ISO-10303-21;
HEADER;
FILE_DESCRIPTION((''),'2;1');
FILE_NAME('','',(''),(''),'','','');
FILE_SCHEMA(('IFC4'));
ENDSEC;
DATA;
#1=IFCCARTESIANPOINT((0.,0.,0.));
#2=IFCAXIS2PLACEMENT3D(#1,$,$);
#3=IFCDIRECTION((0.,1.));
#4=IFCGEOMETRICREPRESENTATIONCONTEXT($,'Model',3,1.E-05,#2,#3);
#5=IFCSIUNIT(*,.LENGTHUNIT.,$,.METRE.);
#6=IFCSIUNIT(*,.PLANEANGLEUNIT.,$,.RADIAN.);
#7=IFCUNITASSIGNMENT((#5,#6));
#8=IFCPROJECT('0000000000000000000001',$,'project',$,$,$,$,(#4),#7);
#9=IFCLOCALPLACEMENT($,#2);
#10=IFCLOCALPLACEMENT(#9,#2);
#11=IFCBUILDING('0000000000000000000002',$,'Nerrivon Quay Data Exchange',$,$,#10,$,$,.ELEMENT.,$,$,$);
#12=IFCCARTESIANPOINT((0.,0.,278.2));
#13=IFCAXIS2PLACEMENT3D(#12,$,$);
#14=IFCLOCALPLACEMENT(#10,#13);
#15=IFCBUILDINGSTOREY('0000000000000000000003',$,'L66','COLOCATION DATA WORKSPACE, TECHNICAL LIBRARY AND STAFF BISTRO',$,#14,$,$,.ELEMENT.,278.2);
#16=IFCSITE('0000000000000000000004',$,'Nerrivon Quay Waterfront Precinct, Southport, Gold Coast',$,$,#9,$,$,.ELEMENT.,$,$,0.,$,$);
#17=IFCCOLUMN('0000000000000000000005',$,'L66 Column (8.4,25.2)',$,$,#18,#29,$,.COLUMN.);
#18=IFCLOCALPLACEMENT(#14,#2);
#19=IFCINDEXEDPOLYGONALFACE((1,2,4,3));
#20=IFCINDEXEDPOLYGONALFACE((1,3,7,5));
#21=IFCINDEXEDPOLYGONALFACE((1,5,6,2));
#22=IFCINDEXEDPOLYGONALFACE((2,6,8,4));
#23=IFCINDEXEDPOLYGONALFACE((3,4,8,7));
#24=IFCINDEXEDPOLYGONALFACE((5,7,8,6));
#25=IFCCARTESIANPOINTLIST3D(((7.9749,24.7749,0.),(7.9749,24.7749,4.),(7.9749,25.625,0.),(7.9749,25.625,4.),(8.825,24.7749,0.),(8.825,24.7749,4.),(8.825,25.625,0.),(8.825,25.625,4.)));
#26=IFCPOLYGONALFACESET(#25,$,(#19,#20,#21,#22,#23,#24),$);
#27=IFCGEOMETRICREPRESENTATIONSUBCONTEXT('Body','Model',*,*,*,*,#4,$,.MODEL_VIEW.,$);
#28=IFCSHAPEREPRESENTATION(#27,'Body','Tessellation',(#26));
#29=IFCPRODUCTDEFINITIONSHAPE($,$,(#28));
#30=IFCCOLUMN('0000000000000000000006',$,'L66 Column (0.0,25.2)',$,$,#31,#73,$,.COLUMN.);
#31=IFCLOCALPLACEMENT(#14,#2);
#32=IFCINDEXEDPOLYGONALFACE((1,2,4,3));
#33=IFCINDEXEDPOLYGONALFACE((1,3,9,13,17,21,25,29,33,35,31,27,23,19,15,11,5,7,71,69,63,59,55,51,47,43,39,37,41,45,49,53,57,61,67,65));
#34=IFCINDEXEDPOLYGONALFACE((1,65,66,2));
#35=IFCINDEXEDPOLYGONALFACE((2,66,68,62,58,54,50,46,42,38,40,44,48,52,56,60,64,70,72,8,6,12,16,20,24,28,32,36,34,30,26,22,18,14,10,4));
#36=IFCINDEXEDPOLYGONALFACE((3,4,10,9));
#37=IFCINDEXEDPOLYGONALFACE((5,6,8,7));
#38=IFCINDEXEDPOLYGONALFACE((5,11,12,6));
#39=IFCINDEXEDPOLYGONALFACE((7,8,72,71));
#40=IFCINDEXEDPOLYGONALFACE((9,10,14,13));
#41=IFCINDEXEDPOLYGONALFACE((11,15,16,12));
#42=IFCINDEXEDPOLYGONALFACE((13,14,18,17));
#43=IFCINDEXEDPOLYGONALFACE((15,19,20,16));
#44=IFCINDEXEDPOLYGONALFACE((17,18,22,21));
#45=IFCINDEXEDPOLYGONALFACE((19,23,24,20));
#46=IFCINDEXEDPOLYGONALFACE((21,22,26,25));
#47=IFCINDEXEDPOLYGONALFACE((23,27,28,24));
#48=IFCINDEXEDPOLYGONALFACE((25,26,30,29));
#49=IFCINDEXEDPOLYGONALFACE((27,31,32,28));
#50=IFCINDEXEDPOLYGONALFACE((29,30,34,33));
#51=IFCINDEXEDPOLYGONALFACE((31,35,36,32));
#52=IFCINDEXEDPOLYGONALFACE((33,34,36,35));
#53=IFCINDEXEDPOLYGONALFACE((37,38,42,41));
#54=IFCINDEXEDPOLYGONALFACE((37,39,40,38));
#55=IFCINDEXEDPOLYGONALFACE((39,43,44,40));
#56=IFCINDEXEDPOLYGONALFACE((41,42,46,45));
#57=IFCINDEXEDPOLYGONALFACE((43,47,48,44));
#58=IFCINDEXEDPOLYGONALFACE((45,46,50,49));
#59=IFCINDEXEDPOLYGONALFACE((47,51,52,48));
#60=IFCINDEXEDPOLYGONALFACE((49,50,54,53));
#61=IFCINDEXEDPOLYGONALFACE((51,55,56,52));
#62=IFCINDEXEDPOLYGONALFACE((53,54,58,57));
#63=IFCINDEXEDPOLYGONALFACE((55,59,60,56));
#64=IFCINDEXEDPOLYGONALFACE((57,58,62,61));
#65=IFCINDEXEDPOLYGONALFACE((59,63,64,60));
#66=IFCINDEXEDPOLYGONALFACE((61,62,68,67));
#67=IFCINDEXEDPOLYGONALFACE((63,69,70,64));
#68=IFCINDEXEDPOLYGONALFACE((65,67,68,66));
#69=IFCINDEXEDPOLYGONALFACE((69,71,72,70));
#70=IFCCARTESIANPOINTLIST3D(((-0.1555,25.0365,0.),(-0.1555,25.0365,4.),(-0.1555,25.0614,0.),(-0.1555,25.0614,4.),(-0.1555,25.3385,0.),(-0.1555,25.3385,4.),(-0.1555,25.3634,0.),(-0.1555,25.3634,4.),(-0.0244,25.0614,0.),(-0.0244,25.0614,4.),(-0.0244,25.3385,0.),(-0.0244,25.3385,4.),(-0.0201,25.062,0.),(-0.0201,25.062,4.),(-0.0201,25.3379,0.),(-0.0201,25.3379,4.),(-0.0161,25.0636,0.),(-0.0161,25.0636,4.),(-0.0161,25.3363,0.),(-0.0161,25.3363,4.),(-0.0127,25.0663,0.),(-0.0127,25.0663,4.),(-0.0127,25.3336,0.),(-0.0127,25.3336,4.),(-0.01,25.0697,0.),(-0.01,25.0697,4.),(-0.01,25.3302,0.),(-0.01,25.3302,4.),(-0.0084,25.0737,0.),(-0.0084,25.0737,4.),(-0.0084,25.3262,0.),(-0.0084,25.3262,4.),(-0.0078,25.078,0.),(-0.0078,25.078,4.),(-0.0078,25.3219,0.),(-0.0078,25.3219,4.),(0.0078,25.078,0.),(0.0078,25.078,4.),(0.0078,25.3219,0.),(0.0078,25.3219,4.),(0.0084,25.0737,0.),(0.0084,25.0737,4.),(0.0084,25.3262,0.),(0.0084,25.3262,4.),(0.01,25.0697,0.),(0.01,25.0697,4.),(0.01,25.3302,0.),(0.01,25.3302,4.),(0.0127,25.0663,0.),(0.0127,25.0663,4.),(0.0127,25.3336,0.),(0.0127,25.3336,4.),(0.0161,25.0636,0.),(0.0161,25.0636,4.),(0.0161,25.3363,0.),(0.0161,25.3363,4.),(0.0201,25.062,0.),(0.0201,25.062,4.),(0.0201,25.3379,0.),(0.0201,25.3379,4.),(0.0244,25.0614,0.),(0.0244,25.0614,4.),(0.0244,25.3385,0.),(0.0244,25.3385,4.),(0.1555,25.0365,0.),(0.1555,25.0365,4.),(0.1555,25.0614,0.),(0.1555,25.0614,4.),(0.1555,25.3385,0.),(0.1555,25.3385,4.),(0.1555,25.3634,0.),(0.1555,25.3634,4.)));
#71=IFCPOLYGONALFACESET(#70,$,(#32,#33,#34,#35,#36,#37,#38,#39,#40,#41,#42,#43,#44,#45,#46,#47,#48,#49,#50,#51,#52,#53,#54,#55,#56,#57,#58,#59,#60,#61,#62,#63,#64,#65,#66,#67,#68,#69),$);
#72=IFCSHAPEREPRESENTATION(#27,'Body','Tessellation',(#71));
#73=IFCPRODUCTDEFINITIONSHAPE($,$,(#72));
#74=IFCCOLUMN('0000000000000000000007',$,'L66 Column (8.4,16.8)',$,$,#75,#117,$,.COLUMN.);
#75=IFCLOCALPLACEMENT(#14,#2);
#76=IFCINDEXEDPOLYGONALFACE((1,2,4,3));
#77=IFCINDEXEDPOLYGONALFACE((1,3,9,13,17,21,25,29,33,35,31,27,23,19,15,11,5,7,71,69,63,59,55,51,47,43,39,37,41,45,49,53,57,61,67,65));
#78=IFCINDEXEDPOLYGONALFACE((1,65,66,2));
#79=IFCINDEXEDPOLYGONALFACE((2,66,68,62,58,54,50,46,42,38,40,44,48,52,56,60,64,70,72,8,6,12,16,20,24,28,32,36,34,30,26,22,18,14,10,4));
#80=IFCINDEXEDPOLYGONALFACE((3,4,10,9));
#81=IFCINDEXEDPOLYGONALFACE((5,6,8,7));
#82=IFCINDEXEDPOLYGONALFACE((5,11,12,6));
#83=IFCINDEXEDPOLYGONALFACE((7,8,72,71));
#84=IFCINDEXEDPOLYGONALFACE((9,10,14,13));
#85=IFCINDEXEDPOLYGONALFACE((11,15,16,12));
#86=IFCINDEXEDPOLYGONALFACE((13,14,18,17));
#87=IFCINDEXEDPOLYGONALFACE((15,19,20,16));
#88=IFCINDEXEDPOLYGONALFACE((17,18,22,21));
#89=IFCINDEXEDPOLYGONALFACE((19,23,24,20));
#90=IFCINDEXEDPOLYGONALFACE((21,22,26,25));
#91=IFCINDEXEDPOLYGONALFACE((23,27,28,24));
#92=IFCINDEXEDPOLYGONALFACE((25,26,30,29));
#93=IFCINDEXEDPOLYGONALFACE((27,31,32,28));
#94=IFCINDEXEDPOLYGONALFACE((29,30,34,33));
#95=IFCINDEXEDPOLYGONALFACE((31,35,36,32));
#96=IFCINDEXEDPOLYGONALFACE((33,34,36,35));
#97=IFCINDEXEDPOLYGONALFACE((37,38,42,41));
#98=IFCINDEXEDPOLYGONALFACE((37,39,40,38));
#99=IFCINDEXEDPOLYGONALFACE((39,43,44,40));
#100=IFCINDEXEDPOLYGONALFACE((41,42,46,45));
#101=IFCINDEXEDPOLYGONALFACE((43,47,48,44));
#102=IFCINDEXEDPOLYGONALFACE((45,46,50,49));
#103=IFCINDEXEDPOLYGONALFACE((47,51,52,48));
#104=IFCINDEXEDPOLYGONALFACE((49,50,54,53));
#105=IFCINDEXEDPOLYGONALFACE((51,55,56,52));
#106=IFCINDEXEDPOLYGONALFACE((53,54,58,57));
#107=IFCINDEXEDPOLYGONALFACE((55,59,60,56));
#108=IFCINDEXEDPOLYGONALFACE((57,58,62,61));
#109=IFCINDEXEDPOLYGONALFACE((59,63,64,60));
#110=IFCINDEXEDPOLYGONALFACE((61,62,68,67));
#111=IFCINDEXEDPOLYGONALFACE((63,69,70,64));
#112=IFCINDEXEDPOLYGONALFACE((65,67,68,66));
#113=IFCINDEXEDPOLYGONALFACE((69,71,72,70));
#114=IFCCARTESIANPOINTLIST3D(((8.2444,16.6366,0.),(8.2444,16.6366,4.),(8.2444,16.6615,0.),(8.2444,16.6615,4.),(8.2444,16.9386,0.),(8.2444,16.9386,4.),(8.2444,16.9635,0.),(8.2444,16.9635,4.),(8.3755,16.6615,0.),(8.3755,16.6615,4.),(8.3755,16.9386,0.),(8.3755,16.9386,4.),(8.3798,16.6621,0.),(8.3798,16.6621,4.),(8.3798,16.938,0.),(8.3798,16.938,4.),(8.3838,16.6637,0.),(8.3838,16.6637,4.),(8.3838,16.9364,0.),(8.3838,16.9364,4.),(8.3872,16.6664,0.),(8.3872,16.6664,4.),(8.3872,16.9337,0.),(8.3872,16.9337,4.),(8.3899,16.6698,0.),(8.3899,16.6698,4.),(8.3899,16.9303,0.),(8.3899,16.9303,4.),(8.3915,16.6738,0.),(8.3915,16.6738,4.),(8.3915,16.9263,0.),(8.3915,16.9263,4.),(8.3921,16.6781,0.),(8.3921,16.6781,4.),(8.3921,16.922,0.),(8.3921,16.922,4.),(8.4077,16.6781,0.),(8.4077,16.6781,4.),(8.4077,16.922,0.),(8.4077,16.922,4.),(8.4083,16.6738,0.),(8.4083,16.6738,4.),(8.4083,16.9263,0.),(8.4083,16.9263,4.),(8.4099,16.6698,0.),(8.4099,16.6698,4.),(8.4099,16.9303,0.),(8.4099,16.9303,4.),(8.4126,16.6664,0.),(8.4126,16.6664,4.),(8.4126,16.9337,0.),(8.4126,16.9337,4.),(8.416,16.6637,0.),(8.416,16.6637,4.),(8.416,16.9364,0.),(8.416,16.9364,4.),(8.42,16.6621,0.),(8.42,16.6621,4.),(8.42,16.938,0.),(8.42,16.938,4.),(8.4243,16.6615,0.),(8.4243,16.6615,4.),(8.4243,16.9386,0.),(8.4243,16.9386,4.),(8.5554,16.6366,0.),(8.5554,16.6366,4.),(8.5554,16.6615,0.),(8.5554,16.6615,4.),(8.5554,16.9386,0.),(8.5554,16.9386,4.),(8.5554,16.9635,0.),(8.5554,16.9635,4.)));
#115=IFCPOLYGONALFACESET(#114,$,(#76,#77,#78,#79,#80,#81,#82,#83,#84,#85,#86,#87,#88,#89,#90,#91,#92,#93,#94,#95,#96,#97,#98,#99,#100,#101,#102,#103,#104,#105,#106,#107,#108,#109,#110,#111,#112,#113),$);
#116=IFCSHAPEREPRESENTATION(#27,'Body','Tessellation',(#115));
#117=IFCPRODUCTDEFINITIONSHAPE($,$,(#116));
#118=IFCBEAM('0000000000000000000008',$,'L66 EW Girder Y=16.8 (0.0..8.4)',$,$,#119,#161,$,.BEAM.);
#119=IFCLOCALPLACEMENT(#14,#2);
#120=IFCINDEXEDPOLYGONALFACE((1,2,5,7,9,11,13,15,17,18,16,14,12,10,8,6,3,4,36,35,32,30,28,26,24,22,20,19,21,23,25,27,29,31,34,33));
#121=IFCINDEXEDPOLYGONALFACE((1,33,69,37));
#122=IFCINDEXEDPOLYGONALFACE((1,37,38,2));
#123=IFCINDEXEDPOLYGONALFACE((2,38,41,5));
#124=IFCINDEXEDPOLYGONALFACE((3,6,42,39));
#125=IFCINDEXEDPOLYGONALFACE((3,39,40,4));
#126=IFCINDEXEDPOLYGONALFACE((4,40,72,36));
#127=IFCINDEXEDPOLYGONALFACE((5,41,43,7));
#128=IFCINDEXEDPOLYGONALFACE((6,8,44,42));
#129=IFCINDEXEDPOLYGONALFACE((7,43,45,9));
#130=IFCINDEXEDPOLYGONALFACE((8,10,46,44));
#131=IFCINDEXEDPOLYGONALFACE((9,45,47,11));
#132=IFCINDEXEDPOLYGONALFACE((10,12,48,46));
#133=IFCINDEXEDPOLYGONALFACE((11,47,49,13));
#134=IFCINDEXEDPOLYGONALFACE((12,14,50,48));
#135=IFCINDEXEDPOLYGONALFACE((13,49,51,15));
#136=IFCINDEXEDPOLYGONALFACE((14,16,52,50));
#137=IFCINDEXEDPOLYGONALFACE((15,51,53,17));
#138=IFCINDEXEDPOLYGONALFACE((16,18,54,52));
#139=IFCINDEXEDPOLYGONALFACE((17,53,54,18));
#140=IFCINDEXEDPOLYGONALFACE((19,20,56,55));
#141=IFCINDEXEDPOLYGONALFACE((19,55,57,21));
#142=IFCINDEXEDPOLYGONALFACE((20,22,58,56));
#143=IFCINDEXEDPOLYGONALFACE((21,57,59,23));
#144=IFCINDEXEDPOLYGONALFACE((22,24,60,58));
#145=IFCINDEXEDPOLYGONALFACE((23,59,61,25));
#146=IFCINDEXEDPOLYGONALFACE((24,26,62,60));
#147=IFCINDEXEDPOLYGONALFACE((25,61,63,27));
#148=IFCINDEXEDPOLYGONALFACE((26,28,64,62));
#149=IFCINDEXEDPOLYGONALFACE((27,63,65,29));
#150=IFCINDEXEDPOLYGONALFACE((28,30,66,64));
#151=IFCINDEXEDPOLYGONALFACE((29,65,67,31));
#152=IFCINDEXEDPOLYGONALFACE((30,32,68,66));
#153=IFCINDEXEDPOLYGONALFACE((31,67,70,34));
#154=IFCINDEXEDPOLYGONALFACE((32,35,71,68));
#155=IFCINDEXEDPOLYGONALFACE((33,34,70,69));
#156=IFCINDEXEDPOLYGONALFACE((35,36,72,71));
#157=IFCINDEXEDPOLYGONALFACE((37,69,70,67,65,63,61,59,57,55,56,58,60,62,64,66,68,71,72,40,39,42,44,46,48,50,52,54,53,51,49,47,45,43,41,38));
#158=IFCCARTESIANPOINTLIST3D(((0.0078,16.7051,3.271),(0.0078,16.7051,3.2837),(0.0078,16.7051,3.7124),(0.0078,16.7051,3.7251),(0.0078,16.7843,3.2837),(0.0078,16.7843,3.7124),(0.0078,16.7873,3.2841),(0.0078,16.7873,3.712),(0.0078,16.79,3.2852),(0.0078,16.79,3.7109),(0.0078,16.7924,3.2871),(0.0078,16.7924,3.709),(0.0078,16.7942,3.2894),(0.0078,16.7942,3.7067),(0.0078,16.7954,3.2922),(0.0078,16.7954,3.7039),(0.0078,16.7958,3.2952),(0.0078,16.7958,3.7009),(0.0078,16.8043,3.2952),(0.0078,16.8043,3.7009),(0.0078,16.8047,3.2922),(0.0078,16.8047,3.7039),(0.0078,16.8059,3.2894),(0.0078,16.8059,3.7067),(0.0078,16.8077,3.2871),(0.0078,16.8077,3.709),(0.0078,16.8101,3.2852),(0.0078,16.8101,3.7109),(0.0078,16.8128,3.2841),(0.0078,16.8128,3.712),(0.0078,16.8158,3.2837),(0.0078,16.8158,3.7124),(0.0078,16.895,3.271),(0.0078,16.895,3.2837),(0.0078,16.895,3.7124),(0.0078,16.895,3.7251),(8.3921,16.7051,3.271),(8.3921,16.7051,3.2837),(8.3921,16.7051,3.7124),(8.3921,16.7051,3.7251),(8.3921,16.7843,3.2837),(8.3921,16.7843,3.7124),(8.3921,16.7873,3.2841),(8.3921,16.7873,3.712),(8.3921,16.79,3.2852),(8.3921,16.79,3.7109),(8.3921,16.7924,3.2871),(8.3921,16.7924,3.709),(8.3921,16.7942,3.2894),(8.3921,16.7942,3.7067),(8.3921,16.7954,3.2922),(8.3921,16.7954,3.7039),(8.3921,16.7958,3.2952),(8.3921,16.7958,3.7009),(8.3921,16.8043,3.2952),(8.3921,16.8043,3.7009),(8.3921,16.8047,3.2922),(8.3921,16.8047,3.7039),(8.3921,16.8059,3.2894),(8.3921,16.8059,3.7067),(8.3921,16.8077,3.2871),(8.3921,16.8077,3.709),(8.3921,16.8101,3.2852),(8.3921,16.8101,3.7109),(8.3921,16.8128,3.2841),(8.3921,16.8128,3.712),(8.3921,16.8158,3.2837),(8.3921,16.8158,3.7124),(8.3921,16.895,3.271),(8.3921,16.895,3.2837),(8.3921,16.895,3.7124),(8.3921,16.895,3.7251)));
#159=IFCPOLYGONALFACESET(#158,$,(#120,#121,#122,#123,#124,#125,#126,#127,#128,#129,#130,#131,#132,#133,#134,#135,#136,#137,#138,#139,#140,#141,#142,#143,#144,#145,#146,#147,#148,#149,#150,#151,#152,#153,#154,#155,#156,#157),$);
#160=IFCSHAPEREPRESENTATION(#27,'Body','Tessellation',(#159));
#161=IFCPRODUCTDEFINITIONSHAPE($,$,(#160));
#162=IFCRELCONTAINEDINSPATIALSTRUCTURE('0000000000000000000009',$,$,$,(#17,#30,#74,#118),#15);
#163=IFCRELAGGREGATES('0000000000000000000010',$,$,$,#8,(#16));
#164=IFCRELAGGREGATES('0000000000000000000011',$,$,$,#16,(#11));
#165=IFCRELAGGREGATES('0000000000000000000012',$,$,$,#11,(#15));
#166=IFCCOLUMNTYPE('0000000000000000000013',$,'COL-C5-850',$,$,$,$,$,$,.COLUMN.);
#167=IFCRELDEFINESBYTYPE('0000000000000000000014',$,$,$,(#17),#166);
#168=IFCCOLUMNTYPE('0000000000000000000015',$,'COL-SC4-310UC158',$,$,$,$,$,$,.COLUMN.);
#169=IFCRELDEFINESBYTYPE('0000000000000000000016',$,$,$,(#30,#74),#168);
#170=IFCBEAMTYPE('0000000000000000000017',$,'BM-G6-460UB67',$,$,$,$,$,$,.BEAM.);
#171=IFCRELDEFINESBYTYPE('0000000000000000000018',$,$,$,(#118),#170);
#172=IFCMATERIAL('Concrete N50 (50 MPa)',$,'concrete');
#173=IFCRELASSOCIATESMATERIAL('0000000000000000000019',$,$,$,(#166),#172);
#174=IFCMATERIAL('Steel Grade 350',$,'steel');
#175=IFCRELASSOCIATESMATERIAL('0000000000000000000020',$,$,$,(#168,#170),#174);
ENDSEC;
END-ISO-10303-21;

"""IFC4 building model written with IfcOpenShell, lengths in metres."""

from ifc_helpers import new_model, si_unit, direction, frame, origin, origin_2d, place, context, subcontext, project, spatial, rectangle, i_section, extrude, material, material_profile, profile_set, type_object, element, save


model = new_model("IFC4")

# Units and contexts
model_context = context("Model", 3, precision=1e-05, world=origin(), true_north=direction((0.0, 1.0)))
body_context = subcontext(model_context, "Body", "Model", "MODEL_VIEW")
ifc_project = project(units=[si_unit("LENGTHUNIT", "METRE"), si_unit("PLANEANGLEUNIT", "RADIAN")], contexts=[model_context])

# Site, building, storey
site_placement = place(None, origin())
site = spatial("IfcSite", under=ifc_project, at=site_placement, Name="Nerrivon Quay Waterfront Precinct, Southport, Gold Coast", CompositionType="ELEMENT", RefElevation=0.0)
building_placement = place(site_placement, origin())
building = spatial("IfcBuilding", under=site, at=building_placement, Name="Nerrivon Quay Data Exchange", CompositionType="ELEMENT")
storey_placement = place(building_placement, frame((0.0, 0.0, 278.2)))
storey = spatial("IfcBuildingStorey", under=building, at=storey_placement, Name="L66", Description="COLOCATION DATA WORKSPACE, TECHNICAL LIBRARY AND STAFF BISTRO", CompositionType="ELEMENT", Elevation=278.2)

# Columns
ifc_material_1 = material(Name="Concrete N50 (50 MPa)", Category="concrete")
ifc_material_profile_1 = material_profile(ifc_material_1, rectangle(XDim=0.8501, YDim=0.8501, at=origin_2d()), Name="RC-COL-850x850")
ifc_profile_set_1 = profile_set([ifc_material_profile_1], Name="Concrete N50 (50 MPa)")
column_type_1 = type_object("IfcColumnType", Name="COL-C5-850", PredefinedType="COLUMN", material=ifc_profile_set_1)
column_placement = place(storey_placement, frame((8.3999, 25.2, 0.0), z_axis=(0.0, 0.0, 1.0), x_axis=(1.0, 0.0, 0.0)))
element("IfcColumn", 1, at=column_placement, inside=storey, type_object=column_type_1, Name="L66 Column (8.4,25.2)", PredefinedType="COLUMN", context=body_context, shape_type="SweptSolid", body=[
    extrude(rectangle(XDim=0.8501, YDim=0.8501, at=origin_2d()), origin(), (0.0, 0.0, 1.0), 4.0),
])
ifc_material_2 = material(Name="Steel Grade 350", Category="steel")
ifc_material_profile_2 = material_profile(ifc_material_2, i_section(OverallWidth=0.311, OverallDepth=0.3269, WebThickness=0.0156, FlangeThickness=0.0249, FilletRadius=0.0166, at=origin_2d()), Name="310UC158")
ifc_profile_set_2 = profile_set([ifc_material_profile_2], Name="Steel Grade 350")
column_type_2 = type_object("IfcColumnType", Name="COL-SC4-310UC158", PredefinedType="COLUMN", material=ifc_profile_set_2)
for number, where, z_axis, x_axis, name in (
    (2, (0.0, 25.2, 0.0), (0.0, 0.0, 1.0), (1.0, 0.0, 0.0), "L66 Column (0.0,25.2)"),
    (3, (8.3999, 16.8, 0.0), (0.0, 0.0, 1.0), (1.0, 0.0, 0.0), "L66 Column (8.4,16.8)"),
):
    element("IfcColumn", number, at=place(storey_placement, frame(where, z_axis=z_axis, x_axis=x_axis)), inside=storey, type_object=column_type_2, Name=name, PredefinedType="COLUMN", context=body_context, shape_type="SweptSolid", body=[
        extrude(i_section(OverallWidth=0.311, OverallDepth=0.3269, WebThickness=0.0156, FlangeThickness=0.0249, FilletRadius=0.0166, at=origin_2d()), origin(), (0.0, 0.0, 1.0), 4.0),
    ])

# Beam
ifc_material_profile_3 = material_profile(ifc_material_2, i_section(OverallWidth=0.1899, OverallDepth=0.4541, WebThickness=0.0085, FlangeThickness=0.0127, FilletRadius=0.0115, at=origin_2d()), Name="460UB67.1")
ifc_profile_set_3 = profile_set([ifc_material_profile_3], Name="Steel Grade 350")
beam_type_1 = type_object("IfcBeamType", Name="BM-G6-460UB67", PredefinedType="BEAM", material=ifc_profile_set_3)
beam_1_placement = place(storey_placement, frame((0.0078, 16.8, 3.498), z_axis=(1.0, 0.0, 0.0), x_axis=(0.0, 1.0, 0.0)))
element("IfcBeam", 4, at=beam_1_placement, inside=storey, type_object=beam_type_1, Name="L66 EW Girder Y=16.8 (0.0..8.4)", PredefinedType="BEAM", context=body_context, shape_type="SweptSolid", body=[
    extrude(i_section(OverallWidth=0.1899, OverallDepth=0.4541, WebThickness=0.0085, FlangeThickness=0.0127, FilletRadius=0.0115, at=origin_2d()), origin(), (0.0, 0.0, 1.0), 8.3843),
])

save(model, "model.ifc")
